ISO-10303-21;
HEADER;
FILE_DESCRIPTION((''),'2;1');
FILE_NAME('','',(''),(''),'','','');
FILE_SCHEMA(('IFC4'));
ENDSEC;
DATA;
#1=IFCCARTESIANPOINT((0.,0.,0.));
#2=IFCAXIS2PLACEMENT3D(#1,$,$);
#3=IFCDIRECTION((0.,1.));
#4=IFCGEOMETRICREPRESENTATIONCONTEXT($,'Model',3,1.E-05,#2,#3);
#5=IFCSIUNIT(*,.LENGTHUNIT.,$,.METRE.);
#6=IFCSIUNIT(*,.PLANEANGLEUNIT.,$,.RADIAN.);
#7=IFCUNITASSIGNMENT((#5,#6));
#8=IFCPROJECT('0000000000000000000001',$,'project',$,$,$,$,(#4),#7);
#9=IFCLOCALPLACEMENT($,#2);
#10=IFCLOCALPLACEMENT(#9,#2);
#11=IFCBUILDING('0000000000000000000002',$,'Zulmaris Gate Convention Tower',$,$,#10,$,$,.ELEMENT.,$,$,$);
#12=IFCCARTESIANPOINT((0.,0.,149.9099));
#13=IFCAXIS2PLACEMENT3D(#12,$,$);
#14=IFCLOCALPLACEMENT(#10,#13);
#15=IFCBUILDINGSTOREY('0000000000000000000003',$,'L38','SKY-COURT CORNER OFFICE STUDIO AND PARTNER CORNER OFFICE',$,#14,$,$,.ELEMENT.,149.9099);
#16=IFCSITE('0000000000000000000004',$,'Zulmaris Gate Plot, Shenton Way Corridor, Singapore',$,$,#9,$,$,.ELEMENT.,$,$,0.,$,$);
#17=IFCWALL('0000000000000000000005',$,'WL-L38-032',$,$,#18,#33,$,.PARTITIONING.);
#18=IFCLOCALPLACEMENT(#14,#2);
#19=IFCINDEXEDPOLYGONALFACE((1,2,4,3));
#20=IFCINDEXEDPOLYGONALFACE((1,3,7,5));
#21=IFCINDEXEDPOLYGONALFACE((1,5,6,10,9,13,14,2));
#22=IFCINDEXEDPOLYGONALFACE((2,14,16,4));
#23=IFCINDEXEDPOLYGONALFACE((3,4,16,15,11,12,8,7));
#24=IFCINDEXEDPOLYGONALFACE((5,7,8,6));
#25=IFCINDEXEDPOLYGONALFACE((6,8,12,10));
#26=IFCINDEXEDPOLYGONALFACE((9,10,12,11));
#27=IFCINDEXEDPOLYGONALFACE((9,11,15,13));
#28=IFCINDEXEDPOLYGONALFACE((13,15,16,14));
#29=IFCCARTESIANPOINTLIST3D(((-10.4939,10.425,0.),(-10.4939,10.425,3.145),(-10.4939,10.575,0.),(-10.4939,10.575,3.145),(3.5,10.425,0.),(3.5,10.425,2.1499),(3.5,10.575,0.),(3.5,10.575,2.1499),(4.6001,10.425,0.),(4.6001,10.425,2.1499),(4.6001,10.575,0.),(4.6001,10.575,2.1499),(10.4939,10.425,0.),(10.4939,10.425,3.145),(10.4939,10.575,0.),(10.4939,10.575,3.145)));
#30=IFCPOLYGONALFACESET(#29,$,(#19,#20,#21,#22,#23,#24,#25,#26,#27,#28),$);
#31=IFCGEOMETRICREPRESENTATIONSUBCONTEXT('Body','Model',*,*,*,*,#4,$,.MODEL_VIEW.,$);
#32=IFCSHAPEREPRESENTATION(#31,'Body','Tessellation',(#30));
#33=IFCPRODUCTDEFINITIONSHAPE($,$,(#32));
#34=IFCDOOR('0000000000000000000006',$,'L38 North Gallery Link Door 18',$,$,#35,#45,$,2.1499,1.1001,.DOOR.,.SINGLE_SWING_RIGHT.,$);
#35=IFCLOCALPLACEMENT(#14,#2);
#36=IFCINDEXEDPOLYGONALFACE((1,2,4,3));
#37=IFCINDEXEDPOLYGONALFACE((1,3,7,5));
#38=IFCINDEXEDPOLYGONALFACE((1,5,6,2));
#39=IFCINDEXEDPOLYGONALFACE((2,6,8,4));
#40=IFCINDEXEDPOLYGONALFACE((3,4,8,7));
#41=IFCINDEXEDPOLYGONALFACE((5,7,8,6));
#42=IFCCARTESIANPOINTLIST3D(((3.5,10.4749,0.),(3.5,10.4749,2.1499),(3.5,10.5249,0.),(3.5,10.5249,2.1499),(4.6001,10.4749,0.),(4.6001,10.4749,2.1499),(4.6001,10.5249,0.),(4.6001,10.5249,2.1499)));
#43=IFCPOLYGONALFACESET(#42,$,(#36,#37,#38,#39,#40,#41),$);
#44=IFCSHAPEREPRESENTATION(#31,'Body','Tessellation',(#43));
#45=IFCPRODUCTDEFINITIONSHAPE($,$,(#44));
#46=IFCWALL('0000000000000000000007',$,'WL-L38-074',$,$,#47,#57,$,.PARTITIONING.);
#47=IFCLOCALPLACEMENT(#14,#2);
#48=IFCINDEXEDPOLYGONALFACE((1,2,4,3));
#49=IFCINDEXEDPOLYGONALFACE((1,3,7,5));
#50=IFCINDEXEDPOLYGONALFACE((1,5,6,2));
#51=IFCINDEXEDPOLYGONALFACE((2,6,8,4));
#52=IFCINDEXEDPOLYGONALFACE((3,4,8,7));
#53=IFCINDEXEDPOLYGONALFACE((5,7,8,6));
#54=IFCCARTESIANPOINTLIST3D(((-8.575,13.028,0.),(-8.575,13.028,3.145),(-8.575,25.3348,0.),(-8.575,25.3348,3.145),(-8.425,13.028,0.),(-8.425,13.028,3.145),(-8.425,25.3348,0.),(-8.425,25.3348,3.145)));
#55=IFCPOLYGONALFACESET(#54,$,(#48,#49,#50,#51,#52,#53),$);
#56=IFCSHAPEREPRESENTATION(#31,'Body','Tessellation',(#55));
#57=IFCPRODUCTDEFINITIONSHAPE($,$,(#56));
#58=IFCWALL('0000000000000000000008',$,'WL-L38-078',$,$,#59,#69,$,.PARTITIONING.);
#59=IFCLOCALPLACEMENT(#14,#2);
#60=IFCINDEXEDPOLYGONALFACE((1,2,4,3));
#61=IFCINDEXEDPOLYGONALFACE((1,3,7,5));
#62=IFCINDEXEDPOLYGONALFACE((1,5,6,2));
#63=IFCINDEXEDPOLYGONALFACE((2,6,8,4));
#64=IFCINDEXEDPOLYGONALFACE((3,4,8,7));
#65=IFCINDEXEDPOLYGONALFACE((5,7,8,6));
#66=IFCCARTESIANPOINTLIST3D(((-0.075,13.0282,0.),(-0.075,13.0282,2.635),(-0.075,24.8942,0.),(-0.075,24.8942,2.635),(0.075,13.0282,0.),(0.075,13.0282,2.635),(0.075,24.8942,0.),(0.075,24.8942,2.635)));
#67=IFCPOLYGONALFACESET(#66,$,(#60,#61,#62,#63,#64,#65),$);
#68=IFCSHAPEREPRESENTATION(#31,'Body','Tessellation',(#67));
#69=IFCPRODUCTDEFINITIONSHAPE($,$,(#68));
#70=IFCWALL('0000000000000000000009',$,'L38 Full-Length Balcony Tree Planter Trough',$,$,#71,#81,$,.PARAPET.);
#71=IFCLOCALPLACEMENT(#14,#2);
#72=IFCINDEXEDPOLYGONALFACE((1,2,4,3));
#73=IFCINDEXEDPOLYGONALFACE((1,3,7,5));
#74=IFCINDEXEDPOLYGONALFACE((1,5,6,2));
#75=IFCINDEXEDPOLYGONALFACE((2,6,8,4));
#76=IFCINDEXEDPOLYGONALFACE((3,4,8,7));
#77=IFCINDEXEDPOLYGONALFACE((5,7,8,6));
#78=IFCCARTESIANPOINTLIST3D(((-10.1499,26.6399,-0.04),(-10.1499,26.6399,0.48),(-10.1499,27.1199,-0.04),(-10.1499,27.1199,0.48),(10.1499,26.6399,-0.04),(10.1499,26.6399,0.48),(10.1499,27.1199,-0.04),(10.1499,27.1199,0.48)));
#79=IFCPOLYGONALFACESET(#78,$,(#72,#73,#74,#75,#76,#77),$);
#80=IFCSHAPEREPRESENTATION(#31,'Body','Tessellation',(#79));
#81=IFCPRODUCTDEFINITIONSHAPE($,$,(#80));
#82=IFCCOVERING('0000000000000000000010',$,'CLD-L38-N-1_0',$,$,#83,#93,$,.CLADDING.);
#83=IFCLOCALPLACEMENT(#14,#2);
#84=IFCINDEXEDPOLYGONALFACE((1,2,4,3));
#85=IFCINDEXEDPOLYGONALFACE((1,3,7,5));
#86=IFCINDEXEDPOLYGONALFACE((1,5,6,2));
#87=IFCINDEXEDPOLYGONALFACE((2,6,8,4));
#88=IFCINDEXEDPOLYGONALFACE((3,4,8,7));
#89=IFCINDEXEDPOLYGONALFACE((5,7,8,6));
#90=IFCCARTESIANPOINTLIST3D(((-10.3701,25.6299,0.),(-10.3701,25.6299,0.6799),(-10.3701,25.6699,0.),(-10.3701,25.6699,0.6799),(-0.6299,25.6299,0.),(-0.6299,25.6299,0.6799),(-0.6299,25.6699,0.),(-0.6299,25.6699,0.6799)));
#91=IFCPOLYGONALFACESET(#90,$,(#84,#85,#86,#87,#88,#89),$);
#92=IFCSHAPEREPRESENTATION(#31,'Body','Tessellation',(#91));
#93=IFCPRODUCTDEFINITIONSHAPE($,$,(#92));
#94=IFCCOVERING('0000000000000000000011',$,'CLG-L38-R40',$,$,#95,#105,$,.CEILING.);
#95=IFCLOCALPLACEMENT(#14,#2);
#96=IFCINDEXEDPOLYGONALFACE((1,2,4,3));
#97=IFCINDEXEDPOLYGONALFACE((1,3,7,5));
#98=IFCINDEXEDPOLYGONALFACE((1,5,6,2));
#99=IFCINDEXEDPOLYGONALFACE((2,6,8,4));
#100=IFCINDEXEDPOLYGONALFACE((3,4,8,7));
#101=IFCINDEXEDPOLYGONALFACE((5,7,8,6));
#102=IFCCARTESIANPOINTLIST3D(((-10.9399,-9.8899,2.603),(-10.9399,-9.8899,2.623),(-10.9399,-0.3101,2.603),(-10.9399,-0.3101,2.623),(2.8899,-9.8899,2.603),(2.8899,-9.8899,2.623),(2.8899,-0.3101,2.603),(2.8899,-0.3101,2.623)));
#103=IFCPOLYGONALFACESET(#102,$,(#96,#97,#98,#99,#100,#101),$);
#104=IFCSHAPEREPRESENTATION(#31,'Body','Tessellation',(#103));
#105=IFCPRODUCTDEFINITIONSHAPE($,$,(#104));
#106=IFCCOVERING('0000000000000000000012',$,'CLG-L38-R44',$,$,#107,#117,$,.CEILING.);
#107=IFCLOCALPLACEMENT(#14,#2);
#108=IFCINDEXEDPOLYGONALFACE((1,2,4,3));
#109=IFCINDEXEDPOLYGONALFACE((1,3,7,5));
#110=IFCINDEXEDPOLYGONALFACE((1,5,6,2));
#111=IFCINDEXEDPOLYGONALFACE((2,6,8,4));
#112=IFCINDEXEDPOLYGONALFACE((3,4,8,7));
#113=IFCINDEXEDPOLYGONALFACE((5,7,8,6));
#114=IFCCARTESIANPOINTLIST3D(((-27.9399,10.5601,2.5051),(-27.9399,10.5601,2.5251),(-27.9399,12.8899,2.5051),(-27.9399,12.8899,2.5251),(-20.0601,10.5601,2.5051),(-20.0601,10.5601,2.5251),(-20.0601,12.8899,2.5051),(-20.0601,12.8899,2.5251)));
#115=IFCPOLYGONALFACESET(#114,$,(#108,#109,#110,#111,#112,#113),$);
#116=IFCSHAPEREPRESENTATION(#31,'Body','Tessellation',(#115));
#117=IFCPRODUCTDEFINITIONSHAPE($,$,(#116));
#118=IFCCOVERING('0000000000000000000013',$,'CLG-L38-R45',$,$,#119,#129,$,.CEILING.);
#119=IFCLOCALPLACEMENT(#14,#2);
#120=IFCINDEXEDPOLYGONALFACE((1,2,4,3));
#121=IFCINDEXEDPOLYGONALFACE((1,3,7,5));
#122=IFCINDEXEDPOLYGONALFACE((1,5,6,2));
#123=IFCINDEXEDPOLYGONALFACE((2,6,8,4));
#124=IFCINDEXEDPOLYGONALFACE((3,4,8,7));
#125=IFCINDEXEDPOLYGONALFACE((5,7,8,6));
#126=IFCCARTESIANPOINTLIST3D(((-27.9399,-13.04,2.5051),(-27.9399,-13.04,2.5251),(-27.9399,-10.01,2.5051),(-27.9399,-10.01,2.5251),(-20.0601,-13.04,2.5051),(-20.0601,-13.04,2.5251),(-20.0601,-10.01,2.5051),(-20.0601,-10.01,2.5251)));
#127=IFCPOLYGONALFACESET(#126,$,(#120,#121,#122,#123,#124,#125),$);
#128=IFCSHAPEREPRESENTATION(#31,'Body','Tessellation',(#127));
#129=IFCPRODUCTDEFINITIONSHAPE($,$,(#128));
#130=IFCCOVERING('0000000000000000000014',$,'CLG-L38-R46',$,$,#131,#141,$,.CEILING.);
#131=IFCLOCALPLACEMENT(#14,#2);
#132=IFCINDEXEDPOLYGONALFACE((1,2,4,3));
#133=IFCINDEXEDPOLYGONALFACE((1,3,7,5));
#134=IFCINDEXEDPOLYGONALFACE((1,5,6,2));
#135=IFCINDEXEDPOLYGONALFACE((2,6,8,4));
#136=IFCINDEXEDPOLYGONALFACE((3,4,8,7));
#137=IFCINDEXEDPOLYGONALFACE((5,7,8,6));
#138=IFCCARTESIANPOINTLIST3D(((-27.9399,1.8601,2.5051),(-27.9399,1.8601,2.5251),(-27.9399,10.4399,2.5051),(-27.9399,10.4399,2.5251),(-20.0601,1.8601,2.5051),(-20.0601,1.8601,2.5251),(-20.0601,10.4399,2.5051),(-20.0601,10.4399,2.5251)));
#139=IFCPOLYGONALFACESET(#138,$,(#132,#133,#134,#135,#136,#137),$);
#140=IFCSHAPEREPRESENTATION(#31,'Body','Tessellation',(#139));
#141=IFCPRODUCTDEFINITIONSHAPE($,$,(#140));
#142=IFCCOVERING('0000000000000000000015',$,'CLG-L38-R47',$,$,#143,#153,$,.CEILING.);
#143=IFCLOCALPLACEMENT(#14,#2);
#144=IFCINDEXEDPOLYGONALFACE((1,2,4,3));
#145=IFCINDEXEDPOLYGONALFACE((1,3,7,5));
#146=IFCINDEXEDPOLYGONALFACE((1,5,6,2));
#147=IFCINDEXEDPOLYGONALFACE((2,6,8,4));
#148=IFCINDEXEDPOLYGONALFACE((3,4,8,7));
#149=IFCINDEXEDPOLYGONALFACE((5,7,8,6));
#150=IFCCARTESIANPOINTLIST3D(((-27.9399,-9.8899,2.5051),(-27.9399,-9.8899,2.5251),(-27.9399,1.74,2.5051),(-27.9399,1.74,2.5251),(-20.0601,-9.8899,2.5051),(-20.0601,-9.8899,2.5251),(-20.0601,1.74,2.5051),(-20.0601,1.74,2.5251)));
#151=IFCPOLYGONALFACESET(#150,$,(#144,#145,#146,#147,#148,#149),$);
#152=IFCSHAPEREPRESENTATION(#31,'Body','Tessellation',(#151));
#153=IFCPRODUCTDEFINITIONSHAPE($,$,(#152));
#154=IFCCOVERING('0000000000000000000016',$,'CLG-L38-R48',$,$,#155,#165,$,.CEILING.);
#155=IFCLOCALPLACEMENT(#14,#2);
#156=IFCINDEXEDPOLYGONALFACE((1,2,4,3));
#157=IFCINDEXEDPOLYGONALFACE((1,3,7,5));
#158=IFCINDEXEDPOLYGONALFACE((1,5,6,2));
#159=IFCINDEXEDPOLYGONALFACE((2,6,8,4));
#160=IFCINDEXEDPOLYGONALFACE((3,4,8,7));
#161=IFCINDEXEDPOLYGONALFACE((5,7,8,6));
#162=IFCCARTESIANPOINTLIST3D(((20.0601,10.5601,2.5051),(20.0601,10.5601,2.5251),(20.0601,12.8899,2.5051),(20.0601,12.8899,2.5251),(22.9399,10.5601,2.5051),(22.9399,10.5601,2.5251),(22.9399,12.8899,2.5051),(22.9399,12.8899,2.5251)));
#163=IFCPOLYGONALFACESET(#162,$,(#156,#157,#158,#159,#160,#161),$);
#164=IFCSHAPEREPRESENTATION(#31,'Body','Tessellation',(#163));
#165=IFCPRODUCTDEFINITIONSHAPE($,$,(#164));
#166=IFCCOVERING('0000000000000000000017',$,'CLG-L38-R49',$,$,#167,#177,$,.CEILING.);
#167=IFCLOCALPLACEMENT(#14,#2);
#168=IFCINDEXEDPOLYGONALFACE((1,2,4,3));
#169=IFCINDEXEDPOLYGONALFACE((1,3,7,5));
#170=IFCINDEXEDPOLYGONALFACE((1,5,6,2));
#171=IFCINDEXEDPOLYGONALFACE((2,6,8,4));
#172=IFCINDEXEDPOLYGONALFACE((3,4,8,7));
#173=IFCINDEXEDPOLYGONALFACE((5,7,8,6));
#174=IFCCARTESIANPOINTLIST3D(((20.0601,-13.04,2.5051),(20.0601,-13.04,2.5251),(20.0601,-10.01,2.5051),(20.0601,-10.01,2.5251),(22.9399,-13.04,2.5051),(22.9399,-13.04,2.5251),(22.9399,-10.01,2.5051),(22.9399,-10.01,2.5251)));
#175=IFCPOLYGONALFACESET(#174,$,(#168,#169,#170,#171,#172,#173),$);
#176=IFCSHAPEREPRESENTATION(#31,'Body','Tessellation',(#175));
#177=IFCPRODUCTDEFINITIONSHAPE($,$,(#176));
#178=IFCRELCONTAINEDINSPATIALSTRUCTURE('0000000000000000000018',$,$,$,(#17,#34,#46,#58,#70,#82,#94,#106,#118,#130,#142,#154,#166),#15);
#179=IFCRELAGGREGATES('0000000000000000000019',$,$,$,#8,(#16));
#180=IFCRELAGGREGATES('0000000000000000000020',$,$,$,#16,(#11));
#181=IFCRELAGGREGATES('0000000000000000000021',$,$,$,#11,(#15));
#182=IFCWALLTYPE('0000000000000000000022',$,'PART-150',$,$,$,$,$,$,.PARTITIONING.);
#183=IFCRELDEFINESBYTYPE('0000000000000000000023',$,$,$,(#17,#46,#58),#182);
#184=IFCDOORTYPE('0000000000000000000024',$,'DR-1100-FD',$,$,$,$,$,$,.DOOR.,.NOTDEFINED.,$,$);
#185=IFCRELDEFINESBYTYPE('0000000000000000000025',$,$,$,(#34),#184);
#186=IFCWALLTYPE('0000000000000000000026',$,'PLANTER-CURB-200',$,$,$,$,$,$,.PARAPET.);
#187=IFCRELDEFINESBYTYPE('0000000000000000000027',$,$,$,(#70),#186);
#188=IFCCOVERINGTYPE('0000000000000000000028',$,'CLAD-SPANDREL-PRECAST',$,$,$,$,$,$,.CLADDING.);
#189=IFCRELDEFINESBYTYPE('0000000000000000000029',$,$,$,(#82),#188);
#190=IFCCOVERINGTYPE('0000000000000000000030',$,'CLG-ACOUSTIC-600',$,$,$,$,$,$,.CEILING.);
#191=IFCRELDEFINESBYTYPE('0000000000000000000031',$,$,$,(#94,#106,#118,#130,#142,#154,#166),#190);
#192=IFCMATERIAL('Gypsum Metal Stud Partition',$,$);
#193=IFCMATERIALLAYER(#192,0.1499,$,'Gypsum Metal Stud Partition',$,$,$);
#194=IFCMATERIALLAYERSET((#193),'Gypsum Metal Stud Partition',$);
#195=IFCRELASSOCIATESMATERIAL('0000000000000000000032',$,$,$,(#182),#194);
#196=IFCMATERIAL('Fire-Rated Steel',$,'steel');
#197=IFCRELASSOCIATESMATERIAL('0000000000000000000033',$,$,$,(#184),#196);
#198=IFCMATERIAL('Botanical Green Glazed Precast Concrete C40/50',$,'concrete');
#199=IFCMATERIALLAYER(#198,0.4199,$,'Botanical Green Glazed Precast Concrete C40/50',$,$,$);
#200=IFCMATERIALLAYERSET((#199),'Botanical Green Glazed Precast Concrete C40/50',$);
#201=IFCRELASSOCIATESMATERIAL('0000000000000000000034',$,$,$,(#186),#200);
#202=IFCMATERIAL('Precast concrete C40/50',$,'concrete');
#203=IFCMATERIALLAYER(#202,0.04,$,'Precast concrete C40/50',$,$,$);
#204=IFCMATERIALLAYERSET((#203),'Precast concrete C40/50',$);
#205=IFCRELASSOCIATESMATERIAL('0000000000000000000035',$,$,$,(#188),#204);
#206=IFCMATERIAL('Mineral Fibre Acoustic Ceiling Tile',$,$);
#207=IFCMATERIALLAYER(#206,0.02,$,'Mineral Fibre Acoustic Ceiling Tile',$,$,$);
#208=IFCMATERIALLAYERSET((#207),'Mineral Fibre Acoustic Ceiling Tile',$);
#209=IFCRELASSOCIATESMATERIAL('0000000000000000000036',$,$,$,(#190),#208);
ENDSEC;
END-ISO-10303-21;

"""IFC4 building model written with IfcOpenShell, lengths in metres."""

from ifc_helpers import new_model, si_unit, direction, frame, frame_2d, origin, place, context, subcontext, project, spatial, polyline, rectangle, outline, extrude, material, layer, layer_set, type_object, element, fill, save


model = new_model("IFC4")

# Units and contexts
model_context = context("Model", 3, precision=1e-05, world=origin(), true_north=direction((0.0, 1.0)))
body_context = subcontext(model_context, "Body", "Model", "MODEL_VIEW")
ifc_project = project(units=[si_unit("LENGTHUNIT", "METRE"), si_unit("PLANEANGLEUNIT", "RADIAN")], contexts=[model_context])

# Site, building, storey
site_placement = place(None, origin())
site = spatial("IfcSite", under=ifc_project, at=site_placement, Name="Zulmaris Gate Plot, Shenton Way Corridor, Singapore", CompositionType="ELEMENT", RefElevation=0.0)
building_placement = place(site_placement, origin())
building = spatial("IfcBuilding", under=site, at=building_placement, Name="Zulmaris Gate Convention Tower", CompositionType="ELEMENT")
storey_placement = place(building_placement, frame((0.0, 0.0, 149.9099)))
storey = spatial("IfcBuildingStorey", under=building, at=storey_placement, Name="L38", Description="SKY-COURT CORNER OFFICE STUDIO AND PARTNER CORNER OFFICE", CompositionType="ELEMENT", Elevation=149.9099)

# Wall, opening, door
ifc_material_1 = material(Name="Gypsum Metal Stud Partition")
ifc_layer_1 = layer(ifc_material_1, 0.1499, Name="Gypsum Metal Stud Partition")
ifc_layer_set_1 = layer_set([ifc_layer_1], Name="Gypsum Metal Stud Partition")
wall_type_1 = type_object("IfcWallType", Name="PART-150", PredefinedType="PARTITIONING", material=ifc_layer_set_1)
wall_1_placement = place(storey_placement, frame((-10.4939, 10.5, 0.0), z_axis=(0.0, 0.0, 1.0), x_axis=(1.0, 0.0, 0.0)))
wall_1 = element("IfcWall", 1, at=wall_1_placement, inside=storey, type_object=wall_type_1, Name="WL-L38-032", PredefinedType="PARTITIONING", context=body_context, shape_type="SweptSolid", body=[
    extrude(rectangle(XDim=20.9878, YDim=0.1499, at=frame_2d((10.4939, 0.0))), origin(), (0.0, 0.0, 1.0), 3.145),
])
opening_1_placement = place(wall_1_placement, frame((13.9939, 0.0, 0.0)))
opening_1 = element("IfcOpeningElement", 2, at=opening_1_placement, cuts=wall_1, PredefinedType="OPENING", context=body_context, shape_type="SweptSolid", body=[
    extrude(rectangle(XDim=1.1001, YDim=2.1499, at=frame_2d((0.55, 1.075))), frame((0.0, 0.085, 0.0), z_axis=(0.0, -1.0, 0.0), x_axis=(1.0, 0.0, 0.0)), (0.0, 0.0, 1.0), 0.1699),
])
ifc_material_2 = material(Name="Fire-Rated Steel", Category="steel")
door_type_1 = type_object("IfcDoorType", Name="DR-1100-FD", OperationType="NOTDEFINED", PredefinedType="DOOR", material=ifc_material_2)
door_1_placement = place(opening_1_placement, origin())
door_1 = element("IfcDoor", 3, at=door_1_placement, inside=storey, type_object=door_type_1, Name="L38 North Gallery Link Door 18", OperationType="SINGLE_SWING_RIGHT", OverallHeight=2.1499, OverallWidth=1.1001, PredefinedType="DOOR", context=body_context, shape_type="SweptSolid", body=[
    extrude(rectangle(XDim=1.1001, YDim=2.1499, at=frame_2d((0.55, 1.075))), frame((0.0, 0.0249, 0.0), z_axis=(0.0, -1.0, 0.0), x_axis=(1.0, 0.0, 0.0)), (0.0, 0.0, 1.0), 0.05),
])
fill(opening_1, door_1)

# Walls
wall_2_placement = place(storey_placement, frame((-8.5, 13.0281, 0.0), z_axis=(0.0, 0.0, 1.0), x_axis=(0.0, 1.0, 0.0)))
element("IfcWall", 4, at=wall_2_placement, inside=storey, type_object=wall_type_1, Name="WL-L38-074", PredefinedType="PARTITIONING", context=body_context, shape_type="SweptSolid", body=[
    extrude(rectangle(XDim=12.3069, YDim=0.1499, at=frame_2d((6.1533, 0.0))), origin(), (0.0, 0.0, 1.0), 3.145),
])
wall_3_placement = place(storey_placement, frame((0.0, 13.0281, 0.0), z_axis=(0.0, 0.0, 1.0), x_axis=(0.0, 1.0, 0.0)))
element("IfcWall", 5, at=wall_3_placement, inside=storey, type_object=wall_type_1, Name="WL-L38-078", PredefinedType="PARTITIONING", context=body_context, shape_type="SweptSolid", body=[
    extrude(rectangle(XDim=11.866, YDim=0.1499, at=frame_2d((5.9331, 0.0))), origin(), (0.0, 0.0, 1.0), 2.635),
])
ifc_material_3 = material(Name="Botanical Green Glazed Precast Concrete C40/50", Category="concrete")
ifc_layer_2 = layer(ifc_material_3, 0.4199, Name="Botanical Green Glazed Precast Concrete C40/50")
ifc_layer_set_2 = layer_set([ifc_layer_2], Name="Botanical Green Glazed Precast Concrete C40/50")
wall_type_2 = type_object("IfcWallType", Name="PLANTER-CURB-200", PredefinedType="PARAPET", material=ifc_layer_set_2)
wall_4_placement = place(storey_placement, frame((-10.1499, 26.8799, -0.04), z_axis=(0.0, 0.0, 1.0), x_axis=(1.0, 0.0, 0.0)))
element("IfcWall", 6, at=wall_4_placement, inside=storey, type_object=wall_type_2, Name="L38 Full-Length Balcony Tree Planter Trough", PredefinedType="PARAPET", context=body_context, shape_type="SweptSolid", body=[
    extrude(rectangle(XDim=20.2998, YDim=0.48, at=frame_2d((10.1499, 0.0))), origin(), (0.0, 0.0, 1.0), 0.52),
])

# Shared definitions
ifc_material_4 = material(Name="Precast concrete C40/50", Category="concrete")

# Coverings
ifc_layer_3 = layer(ifc_material_4, 0.04, Name="Precast concrete C40/50")
ifc_layer_set_3 = layer_set([ifc_layer_3], Name="Precast concrete C40/50")
covering_type_1 = type_object("IfcCoveringType", Name="CLAD-SPANDREL-PRECAST", PredefinedType="CLADDING", material=ifc_layer_set_3)
covering_1_placement = place(storey_placement, frame((-0.6299, 25.6499, 0.0), z_axis=(0.0, 0.0, 1.0), x_axis=(-1.0, 0.0, 0.0)))
element("IfcCovering", 7, at=covering_1_placement, inside=storey, type_object=covering_type_1, Name="CLD-L38-N-1_0", PredefinedType="CLADDING", context=body_context, shape_type="SweptSolid", body=[
    extrude(rectangle(XDim=9.7402, YDim=0.04, at=frame_2d((4.8701, 0.0))), origin(), (0.0, 0.0, 1.0), 0.6799),
])
ifc_material_5 = material(Name="Mineral Fibre Acoustic Ceiling Tile")
ifc_layer_4 = layer(ifc_material_5, 0.02, Name="Mineral Fibre Acoustic Ceiling Tile")
ifc_layer_set_4 = layer_set([ifc_layer_4], Name="Mineral Fibre Acoustic Ceiling Tile")
covering_type_2 = type_object("IfcCoveringType", Name="CLG-ACOUSTIC-600", PredefinedType="CEILING", material=ifc_layer_set_4)
covering_2_placement = place(storey_placement, frame((0.0, 0.0, 2.603)))
element("IfcCovering", 8, at=covering_2_placement, inside=storey, type_object=covering_type_2, Name="CLG-L38-R40", PredefinedType="CEILING", context=body_context, shape_type="SweptSolid", body=[
    extrude(outline(polyline([(-10.9399, -9.8899), (2.8899, -9.8899), (2.8899, -0.3101), (-10.9399, -0.3101), (-10.9399, -9.8899)])), origin(), (0.0, 0.0, 1.0), 0.02),
])
covering_3_placement = place(storey_placement, frame((0.0, 0.0, 2.5051)))
element("IfcCovering", 9, at=covering_3_placement, inside=storey, type_object=covering_type_2, Name="CLG-L38-R44", PredefinedType="CEILING", context=body_context, shape_type="SweptSolid", body=[
    extrude(outline(polyline([(-27.9399, 10.5601), (-20.0601, 10.5601), (-20.0601, 12.8899), (-27.9399, 12.8899), (-27.9399, 10.5601)])), origin(), (0.0, 0.0, 1.0), 0.02),
])
covering_4_placement = place(storey_placement, frame((0.0, 0.0, 2.5051)))
element("IfcCovering", 10, at=covering_4_placement, inside=storey, type_object=covering_type_2, Name="CLG-L38-R45", PredefinedType="CEILING", context=body_context, shape_type="SweptSolid", body=[
    extrude(outline(polyline([(-27.9399, -13.04), (-20.0601, -13.04), (-20.0601, -10.01), (-27.9399, -10.01), (-27.9399, -13.04)])), origin(), (0.0, 0.0, 1.0), 0.02),
])
covering_5_placement = place(storey_placement, frame((0.0, 0.0, 2.5051)))
element("IfcCovering", 11, at=covering_5_placement, inside=storey, type_object=covering_type_2, Name="CLG-L38-R46", PredefinedType="CEILING", context=body_context, shape_type="SweptSolid", body=[
    extrude(outline(polyline([(-27.9399, 1.8601), (-20.0601, 1.8601), (-20.0601, 10.4399), (-27.9399, 10.4399), (-27.9399, 1.8601)])), origin(), (0.0, 0.0, 1.0), 0.02),
])
covering_6_placement = place(storey_placement, frame((0.0, 0.0, 2.5051)))
element("IfcCovering", 12, at=covering_6_placement, inside=storey, type_object=covering_type_2, Name="CLG-L38-R47", PredefinedType="CEILING", context=body_context, shape_type="SweptSolid", body=[
    extrude(outline(polyline([(-27.9399, -9.8899), (-20.0601, -9.8899), (-20.0601, 1.74), (-27.9399, 1.74), (-27.9399, -9.8899)])), origin(), (0.0, 0.0, 1.0), 0.02),
])
covering_7_placement = place(storey_placement, frame((0.0, 0.0, 2.5051)))
element("IfcCovering", 13, at=covering_7_placement, inside=storey, type_object=covering_type_2, Name="CLG-L38-R48", PredefinedType="CEILING", context=body_context, shape_type="SweptSolid", body=[
    extrude(outline(polyline([(20.0601, 10.5601), (22.9399, 10.5601), (22.9399, 12.8899), (20.0601, 12.8899), (20.0601, 10.5601)])), origin(), (0.0, 0.0, 1.0), 0.02),
])
covering_8_placement = place(storey_placement, frame((0.0, 0.0, 2.5051)))
element("IfcCovering", 14, at=covering_8_placement, inside=storey, type_object=covering_type_2, Name="CLG-L38-R49", PredefinedType="CEILING", context=body_context, shape_type="SweptSolid", body=[
    extrude(outline(polyline([(20.0601, -13.04), (22.9399, -13.04), (22.9399, -10.01), (20.0601, -10.01), (20.0601, -13.04)])), origin(), (0.0, 0.0, 1.0), 0.02),
])

save(model, "model.ifc")
